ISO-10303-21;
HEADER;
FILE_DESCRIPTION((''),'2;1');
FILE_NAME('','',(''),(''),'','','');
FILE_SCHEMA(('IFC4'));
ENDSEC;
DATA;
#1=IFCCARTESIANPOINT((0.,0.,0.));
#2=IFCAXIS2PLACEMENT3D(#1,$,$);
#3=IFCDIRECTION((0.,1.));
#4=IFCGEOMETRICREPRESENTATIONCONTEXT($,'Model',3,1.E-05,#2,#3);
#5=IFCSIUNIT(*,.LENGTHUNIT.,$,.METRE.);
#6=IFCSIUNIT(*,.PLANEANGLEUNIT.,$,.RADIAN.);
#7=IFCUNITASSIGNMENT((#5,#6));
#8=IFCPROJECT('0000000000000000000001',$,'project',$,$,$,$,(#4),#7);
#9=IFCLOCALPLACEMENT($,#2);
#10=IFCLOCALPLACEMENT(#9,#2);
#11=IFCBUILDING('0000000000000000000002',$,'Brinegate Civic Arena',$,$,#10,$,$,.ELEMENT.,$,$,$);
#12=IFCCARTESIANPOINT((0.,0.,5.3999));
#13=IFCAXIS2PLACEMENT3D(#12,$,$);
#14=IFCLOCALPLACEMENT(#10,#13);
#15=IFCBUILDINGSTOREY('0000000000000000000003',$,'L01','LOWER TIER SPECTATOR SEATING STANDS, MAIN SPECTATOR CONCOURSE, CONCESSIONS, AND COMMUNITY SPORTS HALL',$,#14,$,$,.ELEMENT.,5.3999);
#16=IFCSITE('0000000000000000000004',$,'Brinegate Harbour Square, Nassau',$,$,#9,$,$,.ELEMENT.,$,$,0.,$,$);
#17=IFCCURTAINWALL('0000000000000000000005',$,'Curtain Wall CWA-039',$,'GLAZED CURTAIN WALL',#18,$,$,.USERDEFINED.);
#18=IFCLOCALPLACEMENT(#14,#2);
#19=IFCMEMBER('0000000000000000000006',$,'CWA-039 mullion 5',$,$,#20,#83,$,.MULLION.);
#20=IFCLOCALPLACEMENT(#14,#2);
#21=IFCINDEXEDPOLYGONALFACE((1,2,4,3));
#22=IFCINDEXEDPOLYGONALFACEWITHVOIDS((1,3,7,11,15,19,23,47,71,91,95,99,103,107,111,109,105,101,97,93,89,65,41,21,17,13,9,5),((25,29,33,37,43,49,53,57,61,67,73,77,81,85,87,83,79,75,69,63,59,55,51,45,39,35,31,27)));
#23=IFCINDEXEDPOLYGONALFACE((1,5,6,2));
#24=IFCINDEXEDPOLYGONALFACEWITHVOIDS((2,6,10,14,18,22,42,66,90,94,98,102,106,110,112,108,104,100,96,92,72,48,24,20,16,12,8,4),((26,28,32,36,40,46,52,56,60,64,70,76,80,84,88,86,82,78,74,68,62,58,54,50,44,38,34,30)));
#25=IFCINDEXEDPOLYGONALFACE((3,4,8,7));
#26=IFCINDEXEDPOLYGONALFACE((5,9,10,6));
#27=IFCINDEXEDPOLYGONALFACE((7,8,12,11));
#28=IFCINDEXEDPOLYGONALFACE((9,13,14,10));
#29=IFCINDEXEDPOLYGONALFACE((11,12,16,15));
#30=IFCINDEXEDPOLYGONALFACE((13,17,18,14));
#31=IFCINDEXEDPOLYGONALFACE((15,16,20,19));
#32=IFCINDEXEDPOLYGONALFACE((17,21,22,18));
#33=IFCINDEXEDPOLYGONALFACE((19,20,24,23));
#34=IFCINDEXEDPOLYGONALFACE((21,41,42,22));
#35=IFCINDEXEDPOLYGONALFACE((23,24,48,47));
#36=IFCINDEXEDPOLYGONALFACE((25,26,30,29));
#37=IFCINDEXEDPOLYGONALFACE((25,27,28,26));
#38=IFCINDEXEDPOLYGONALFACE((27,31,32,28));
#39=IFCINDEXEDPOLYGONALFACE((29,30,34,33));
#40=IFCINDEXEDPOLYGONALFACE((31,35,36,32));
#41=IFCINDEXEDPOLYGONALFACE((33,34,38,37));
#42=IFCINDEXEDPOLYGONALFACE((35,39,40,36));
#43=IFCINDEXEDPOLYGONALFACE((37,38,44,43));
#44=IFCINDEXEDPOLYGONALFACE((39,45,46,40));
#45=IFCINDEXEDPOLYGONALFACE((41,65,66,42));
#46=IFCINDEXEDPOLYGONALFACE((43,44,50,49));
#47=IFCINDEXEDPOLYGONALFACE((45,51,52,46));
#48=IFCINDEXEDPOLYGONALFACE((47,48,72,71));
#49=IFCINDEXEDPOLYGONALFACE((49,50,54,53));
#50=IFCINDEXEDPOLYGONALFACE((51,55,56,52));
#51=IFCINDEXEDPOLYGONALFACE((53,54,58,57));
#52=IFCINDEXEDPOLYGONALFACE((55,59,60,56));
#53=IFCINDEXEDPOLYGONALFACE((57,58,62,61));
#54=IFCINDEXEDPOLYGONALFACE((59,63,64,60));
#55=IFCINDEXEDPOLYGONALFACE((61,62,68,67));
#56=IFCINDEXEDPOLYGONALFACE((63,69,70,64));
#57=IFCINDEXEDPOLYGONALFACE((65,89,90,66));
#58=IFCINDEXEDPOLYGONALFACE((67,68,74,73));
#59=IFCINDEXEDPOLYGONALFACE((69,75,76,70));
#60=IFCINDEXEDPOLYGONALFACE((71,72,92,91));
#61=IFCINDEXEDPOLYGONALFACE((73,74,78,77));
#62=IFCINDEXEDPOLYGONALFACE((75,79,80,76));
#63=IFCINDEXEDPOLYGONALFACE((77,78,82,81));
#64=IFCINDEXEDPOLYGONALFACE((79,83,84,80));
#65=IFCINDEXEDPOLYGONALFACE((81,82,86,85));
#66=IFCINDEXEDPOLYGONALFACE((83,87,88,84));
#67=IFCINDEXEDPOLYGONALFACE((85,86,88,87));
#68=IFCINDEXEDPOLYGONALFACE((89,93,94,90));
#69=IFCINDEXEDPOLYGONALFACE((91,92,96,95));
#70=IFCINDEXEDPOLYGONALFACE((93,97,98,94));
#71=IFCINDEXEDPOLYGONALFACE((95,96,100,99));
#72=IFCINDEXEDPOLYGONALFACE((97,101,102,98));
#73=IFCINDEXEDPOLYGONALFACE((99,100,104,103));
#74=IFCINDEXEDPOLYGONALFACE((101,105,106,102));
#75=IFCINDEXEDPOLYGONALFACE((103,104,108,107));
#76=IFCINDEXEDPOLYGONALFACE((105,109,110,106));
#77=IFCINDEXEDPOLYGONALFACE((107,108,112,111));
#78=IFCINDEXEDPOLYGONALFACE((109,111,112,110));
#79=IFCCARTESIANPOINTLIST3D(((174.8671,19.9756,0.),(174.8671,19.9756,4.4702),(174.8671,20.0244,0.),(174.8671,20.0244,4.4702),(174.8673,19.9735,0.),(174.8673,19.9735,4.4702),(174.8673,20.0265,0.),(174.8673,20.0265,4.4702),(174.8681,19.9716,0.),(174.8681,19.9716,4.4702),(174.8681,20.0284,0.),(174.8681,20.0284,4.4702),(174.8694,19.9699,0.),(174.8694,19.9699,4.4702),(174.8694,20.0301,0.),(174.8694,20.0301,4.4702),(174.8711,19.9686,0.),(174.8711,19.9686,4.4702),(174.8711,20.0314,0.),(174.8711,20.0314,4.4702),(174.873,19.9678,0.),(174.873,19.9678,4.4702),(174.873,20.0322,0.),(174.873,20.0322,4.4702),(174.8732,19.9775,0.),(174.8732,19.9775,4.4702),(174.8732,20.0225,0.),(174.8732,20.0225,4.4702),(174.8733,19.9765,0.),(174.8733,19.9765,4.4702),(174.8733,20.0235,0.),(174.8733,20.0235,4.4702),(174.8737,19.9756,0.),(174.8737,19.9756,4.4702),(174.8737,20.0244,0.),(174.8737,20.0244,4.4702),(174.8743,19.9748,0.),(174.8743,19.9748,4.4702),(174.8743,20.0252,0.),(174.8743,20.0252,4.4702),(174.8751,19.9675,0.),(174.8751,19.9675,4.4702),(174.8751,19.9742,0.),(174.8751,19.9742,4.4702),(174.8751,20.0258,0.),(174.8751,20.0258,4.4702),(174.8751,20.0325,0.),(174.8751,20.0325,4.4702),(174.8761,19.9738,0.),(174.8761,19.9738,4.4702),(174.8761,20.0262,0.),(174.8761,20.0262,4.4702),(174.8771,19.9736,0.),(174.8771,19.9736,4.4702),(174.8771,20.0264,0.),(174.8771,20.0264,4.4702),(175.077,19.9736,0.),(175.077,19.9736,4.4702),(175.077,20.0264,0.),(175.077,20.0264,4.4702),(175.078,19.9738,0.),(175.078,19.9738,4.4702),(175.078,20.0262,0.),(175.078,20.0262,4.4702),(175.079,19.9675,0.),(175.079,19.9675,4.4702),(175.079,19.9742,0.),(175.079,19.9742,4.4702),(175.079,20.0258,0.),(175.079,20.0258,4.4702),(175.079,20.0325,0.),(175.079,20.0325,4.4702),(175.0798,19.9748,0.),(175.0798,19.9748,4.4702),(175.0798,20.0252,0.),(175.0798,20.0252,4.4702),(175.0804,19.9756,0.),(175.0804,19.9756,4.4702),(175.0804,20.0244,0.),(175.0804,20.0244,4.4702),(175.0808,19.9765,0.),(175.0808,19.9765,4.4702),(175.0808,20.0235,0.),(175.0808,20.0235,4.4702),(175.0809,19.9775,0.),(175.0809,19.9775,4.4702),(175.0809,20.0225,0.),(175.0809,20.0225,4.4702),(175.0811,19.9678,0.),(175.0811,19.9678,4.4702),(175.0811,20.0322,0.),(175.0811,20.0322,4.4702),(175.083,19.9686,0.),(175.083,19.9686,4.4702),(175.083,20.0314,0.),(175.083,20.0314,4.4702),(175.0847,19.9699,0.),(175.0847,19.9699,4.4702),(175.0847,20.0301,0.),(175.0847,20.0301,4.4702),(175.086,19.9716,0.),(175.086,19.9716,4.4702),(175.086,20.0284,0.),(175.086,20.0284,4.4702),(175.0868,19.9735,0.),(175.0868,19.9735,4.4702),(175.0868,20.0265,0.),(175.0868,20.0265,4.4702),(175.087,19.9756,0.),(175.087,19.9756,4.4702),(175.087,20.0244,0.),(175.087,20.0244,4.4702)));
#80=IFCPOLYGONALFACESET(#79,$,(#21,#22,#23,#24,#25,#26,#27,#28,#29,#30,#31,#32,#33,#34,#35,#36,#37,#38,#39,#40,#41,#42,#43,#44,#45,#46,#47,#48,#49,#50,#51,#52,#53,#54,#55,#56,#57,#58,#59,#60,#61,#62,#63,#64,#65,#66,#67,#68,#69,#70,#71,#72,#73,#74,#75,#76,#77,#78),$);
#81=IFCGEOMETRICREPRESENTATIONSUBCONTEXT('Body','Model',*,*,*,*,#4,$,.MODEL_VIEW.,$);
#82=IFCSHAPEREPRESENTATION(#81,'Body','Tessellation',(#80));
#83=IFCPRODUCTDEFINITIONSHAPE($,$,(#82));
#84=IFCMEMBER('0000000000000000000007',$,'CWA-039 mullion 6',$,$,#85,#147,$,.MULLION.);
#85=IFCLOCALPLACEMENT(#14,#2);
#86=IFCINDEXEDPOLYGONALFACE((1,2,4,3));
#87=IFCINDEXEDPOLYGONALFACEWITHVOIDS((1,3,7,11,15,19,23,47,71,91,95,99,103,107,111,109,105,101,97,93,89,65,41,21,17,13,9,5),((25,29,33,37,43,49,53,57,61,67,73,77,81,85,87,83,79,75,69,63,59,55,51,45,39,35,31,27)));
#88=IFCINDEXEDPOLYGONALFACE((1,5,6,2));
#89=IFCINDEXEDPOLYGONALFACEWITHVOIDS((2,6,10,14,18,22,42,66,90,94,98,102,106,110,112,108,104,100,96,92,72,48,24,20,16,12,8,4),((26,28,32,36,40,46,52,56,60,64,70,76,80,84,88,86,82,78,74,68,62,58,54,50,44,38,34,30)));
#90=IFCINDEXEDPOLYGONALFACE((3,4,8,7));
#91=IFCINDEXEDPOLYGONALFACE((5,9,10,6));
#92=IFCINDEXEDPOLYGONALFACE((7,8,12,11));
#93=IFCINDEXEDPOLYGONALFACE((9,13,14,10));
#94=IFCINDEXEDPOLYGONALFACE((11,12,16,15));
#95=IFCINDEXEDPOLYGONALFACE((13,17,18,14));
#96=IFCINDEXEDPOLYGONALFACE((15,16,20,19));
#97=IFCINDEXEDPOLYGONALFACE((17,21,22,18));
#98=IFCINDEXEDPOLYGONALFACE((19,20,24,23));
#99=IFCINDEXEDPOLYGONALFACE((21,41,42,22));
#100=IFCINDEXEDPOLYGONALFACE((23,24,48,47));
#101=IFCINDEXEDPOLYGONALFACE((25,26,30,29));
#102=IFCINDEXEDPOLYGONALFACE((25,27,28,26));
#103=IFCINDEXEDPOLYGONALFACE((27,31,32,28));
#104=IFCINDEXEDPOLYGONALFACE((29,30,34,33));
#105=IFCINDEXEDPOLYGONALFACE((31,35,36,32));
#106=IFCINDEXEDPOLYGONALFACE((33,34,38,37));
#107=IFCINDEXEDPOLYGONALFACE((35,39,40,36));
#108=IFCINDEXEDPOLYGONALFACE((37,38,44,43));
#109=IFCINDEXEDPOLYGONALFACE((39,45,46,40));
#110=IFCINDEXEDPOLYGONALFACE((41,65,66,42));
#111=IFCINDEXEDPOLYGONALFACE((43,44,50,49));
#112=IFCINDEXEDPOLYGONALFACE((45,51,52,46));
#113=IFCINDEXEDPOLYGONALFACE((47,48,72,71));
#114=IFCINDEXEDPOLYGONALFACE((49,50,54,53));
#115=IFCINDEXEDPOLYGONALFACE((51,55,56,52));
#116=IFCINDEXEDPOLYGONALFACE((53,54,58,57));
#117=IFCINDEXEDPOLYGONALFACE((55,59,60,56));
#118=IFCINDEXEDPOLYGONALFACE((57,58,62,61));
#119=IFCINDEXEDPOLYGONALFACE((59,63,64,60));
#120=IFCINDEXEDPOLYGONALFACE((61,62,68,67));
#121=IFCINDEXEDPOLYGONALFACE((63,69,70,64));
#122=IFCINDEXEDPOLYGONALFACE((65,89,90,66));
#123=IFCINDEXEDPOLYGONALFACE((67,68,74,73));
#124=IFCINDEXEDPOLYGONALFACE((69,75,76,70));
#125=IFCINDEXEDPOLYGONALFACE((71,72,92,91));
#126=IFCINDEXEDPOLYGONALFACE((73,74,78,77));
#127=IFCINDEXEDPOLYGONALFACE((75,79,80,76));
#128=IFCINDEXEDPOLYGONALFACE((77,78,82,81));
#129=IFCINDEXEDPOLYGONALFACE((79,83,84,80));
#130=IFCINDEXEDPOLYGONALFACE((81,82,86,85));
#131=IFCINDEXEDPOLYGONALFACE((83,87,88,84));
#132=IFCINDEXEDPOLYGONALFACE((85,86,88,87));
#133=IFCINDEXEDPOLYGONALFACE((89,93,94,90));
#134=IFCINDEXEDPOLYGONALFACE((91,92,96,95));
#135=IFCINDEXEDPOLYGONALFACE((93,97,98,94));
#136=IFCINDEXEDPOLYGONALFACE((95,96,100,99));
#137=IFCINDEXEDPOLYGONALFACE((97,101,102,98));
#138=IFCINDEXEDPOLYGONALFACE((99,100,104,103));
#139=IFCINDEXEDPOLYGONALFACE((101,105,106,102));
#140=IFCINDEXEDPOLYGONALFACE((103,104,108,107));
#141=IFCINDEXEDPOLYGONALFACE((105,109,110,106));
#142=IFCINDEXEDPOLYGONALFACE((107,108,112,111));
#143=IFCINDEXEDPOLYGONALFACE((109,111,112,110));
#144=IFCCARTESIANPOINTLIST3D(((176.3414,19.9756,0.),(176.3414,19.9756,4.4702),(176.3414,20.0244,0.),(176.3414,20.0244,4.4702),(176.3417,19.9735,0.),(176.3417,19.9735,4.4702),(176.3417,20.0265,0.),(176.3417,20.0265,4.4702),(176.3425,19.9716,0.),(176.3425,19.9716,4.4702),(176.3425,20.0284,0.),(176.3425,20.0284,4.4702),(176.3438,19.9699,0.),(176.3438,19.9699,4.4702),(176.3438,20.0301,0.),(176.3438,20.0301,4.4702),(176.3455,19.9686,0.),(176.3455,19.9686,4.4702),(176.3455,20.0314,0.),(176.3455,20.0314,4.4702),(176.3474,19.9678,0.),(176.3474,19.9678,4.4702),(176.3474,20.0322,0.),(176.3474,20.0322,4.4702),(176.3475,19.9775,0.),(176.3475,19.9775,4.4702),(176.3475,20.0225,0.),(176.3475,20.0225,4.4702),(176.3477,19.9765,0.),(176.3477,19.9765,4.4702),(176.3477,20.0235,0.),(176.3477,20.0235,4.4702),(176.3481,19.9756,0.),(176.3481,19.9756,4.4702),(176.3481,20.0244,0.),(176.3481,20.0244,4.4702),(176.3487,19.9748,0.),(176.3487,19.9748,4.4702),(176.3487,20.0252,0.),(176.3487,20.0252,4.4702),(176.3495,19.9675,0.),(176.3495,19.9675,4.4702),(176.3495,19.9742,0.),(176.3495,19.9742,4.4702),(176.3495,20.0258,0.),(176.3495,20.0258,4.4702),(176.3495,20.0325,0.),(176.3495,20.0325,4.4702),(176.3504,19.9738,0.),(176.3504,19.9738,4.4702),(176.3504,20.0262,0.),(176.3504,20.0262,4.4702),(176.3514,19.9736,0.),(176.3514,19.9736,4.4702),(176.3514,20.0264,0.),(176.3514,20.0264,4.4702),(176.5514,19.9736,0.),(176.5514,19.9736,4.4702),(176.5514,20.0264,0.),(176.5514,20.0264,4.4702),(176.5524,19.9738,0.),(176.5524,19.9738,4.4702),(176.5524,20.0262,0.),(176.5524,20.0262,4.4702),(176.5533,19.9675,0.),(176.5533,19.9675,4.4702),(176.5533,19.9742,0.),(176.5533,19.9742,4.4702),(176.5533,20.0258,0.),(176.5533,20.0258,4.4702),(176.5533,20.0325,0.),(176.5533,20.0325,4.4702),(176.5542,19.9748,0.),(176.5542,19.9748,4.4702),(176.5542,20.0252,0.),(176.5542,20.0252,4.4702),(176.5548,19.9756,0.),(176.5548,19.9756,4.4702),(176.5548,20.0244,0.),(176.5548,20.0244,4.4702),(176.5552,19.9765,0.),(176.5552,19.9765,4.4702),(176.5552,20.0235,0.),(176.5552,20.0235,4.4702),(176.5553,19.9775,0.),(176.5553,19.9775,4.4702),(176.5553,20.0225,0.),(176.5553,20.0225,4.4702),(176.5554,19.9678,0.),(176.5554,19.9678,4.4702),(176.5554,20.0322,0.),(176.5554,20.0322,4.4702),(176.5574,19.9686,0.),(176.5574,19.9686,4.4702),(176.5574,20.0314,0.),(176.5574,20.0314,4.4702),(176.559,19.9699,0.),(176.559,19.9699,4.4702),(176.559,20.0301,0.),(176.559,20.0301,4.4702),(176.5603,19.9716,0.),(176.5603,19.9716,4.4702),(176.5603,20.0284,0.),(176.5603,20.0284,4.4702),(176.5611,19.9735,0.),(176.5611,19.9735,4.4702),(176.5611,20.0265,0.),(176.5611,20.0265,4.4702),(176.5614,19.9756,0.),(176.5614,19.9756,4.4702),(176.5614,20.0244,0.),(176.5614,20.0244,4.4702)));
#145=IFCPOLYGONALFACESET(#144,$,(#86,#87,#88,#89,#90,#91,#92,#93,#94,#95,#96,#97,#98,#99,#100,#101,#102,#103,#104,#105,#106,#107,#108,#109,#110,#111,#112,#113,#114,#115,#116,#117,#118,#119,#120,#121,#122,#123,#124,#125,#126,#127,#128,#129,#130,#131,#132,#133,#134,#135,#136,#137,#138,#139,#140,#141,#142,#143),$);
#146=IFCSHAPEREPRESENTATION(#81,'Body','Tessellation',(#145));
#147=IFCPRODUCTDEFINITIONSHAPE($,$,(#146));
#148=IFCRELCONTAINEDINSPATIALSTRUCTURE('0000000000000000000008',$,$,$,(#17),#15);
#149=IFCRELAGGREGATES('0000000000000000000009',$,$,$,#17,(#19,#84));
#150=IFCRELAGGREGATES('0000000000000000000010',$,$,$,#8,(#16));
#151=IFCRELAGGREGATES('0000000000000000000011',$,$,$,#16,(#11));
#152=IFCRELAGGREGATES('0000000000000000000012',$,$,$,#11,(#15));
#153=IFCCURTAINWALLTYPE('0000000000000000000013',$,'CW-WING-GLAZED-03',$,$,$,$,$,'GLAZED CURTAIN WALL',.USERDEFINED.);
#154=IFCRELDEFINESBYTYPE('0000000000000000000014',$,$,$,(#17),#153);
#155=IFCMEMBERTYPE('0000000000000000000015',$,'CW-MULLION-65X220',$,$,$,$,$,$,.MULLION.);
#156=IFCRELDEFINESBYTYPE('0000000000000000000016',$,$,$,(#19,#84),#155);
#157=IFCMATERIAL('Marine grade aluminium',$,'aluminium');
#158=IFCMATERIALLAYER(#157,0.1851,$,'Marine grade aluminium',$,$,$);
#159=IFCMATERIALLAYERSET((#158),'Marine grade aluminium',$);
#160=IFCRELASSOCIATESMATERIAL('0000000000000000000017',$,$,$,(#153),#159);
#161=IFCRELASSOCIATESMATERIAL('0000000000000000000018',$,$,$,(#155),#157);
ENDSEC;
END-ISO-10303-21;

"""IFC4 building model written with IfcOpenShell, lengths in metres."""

from ifc_helpers import new_model, si_unit, direction, frame, origin, origin_2d, place, context, subcontext, project, spatial, hollow_rectangle, extrude, material, layer, layer_set, material_profile, profile_set, type_object, element, aggregate, save


model = new_model("IFC4")

# Units and contexts
model_context = context("Model", 3, precision=1e-05, world=origin(), true_north=direction((0.0, 1.0)))
body_context = subcontext(model_context, "Body", "Model", "MODEL_VIEW")
ifc_project = project(units=[si_unit("LENGTHUNIT", "METRE"), si_unit("PLANEANGLEUNIT", "RADIAN")], contexts=[model_context])

# Site, building, storey
site_placement = place(None, origin())
site = spatial("IfcSite", under=ifc_project, at=site_placement, Name="Brinegate Harbour Square, Nassau", CompositionType="ELEMENT", RefElevation=0.0)
building_placement = place(site_placement, origin())
building = spatial("IfcBuilding", under=site, at=building_placement, Name="Brinegate Civic Arena", CompositionType="ELEMENT")
storey_placement = place(building_placement, frame((0.0, 0.0, 5.3999)))
storey = spatial("IfcBuildingStorey", under=building, at=storey_placement, Name="L01", Description="LOWER TIER SPECTATOR SEATING STANDS, MAIN SPECTATOR CONCOURSE, CONCESSIONS, AND COMMUNITY SPORTS HALL", CompositionType="ELEMENT", Elevation=5.3999)

# Curtain wall, members
ifc_material_1 = material(Name="Marine grade aluminium", Category="aluminium")
ifc_layer_1 = layer(ifc_material_1, 0.1851, Name="Marine grade aluminium")
ifc_layer_set_1 = layer_set([ifc_layer_1], Name="Marine grade aluminium")
curtain_wall_type = type_object("IfcCurtainWallType", Name="CW-WING-GLAZED-03", ElementType="GLAZED CURTAIN WALL", PredefinedType="USERDEFINED", material=ifc_layer_set_1)
curtain_wall_placement = place(storey_placement, origin())
curtain_wall = element("IfcCurtainWall", 1, at=curtain_wall_placement, inside=storey, type_object=curtain_wall_type, Name="Curtain Wall CWA-039", ObjectType="GLAZED CURTAIN WALL", PredefinedType="USERDEFINED")
ifc_material_profile_1 = material_profile(ifc_material_1, hollow_rectangle(XDim=0.0649, YDim=0.22, WallThickness=0.0061, InnerFilletRadius=0.0039, OuterFilletRadius=0.0081, at=origin_2d()), Name="MUL65X220")
ifc_profile_set_1 = profile_set([ifc_material_profile_1], Name="Marine grade aluminium")
member_type_1 = type_object("IfcMemberType", Name="CW-MULLION-65X220", PredefinedType="MULLION", material=ifc_profile_set_1)
member_1_placement = place(storey_placement, frame((174.9771, 20.0, 0.0), z_axis=(0.0, 0.0, 1.0), x_axis=(0.0, 1.0, 0.0)))
member_1 = element("IfcMember", 2, at=member_1_placement, type_object=member_type_1, Name="CWA-039 mullion 5", PredefinedType="MULLION", context=body_context, shape_type="SweptSolid", body=[
    extrude(hollow_rectangle(XDim=0.0649, YDim=0.22, WallThickness=0.0061, InnerFilletRadius=0.0039, OuterFilletRadius=0.0081, at=origin_2d()), origin(), (0.0, 0.0, 1.0), 4.4702),
])
member_2_placement = place(storey_placement, frame((176.4514, 20.0, 0.0), z_axis=(0.0, 0.0, 1.0), x_axis=(0.0, 1.0, 0.0)))
member_2 = element("IfcMember", 3, at=member_2_placement, type_object=member_type_1, Name="CWA-039 mullion 6", PredefinedType="MULLION", context=body_context, shape_type="SweptSolid", body=[
    extrude(hollow_rectangle(XDim=0.0649, YDim=0.22, WallThickness=0.0061, InnerFilletRadius=0.0039, OuterFilletRadius=0.0081, at=origin_2d()), origin(), (0.0, 0.0, 1.0), 4.4702),
])
aggregate(curtain_wall, [member_1, member_2])

save(model, "model.ifc")
